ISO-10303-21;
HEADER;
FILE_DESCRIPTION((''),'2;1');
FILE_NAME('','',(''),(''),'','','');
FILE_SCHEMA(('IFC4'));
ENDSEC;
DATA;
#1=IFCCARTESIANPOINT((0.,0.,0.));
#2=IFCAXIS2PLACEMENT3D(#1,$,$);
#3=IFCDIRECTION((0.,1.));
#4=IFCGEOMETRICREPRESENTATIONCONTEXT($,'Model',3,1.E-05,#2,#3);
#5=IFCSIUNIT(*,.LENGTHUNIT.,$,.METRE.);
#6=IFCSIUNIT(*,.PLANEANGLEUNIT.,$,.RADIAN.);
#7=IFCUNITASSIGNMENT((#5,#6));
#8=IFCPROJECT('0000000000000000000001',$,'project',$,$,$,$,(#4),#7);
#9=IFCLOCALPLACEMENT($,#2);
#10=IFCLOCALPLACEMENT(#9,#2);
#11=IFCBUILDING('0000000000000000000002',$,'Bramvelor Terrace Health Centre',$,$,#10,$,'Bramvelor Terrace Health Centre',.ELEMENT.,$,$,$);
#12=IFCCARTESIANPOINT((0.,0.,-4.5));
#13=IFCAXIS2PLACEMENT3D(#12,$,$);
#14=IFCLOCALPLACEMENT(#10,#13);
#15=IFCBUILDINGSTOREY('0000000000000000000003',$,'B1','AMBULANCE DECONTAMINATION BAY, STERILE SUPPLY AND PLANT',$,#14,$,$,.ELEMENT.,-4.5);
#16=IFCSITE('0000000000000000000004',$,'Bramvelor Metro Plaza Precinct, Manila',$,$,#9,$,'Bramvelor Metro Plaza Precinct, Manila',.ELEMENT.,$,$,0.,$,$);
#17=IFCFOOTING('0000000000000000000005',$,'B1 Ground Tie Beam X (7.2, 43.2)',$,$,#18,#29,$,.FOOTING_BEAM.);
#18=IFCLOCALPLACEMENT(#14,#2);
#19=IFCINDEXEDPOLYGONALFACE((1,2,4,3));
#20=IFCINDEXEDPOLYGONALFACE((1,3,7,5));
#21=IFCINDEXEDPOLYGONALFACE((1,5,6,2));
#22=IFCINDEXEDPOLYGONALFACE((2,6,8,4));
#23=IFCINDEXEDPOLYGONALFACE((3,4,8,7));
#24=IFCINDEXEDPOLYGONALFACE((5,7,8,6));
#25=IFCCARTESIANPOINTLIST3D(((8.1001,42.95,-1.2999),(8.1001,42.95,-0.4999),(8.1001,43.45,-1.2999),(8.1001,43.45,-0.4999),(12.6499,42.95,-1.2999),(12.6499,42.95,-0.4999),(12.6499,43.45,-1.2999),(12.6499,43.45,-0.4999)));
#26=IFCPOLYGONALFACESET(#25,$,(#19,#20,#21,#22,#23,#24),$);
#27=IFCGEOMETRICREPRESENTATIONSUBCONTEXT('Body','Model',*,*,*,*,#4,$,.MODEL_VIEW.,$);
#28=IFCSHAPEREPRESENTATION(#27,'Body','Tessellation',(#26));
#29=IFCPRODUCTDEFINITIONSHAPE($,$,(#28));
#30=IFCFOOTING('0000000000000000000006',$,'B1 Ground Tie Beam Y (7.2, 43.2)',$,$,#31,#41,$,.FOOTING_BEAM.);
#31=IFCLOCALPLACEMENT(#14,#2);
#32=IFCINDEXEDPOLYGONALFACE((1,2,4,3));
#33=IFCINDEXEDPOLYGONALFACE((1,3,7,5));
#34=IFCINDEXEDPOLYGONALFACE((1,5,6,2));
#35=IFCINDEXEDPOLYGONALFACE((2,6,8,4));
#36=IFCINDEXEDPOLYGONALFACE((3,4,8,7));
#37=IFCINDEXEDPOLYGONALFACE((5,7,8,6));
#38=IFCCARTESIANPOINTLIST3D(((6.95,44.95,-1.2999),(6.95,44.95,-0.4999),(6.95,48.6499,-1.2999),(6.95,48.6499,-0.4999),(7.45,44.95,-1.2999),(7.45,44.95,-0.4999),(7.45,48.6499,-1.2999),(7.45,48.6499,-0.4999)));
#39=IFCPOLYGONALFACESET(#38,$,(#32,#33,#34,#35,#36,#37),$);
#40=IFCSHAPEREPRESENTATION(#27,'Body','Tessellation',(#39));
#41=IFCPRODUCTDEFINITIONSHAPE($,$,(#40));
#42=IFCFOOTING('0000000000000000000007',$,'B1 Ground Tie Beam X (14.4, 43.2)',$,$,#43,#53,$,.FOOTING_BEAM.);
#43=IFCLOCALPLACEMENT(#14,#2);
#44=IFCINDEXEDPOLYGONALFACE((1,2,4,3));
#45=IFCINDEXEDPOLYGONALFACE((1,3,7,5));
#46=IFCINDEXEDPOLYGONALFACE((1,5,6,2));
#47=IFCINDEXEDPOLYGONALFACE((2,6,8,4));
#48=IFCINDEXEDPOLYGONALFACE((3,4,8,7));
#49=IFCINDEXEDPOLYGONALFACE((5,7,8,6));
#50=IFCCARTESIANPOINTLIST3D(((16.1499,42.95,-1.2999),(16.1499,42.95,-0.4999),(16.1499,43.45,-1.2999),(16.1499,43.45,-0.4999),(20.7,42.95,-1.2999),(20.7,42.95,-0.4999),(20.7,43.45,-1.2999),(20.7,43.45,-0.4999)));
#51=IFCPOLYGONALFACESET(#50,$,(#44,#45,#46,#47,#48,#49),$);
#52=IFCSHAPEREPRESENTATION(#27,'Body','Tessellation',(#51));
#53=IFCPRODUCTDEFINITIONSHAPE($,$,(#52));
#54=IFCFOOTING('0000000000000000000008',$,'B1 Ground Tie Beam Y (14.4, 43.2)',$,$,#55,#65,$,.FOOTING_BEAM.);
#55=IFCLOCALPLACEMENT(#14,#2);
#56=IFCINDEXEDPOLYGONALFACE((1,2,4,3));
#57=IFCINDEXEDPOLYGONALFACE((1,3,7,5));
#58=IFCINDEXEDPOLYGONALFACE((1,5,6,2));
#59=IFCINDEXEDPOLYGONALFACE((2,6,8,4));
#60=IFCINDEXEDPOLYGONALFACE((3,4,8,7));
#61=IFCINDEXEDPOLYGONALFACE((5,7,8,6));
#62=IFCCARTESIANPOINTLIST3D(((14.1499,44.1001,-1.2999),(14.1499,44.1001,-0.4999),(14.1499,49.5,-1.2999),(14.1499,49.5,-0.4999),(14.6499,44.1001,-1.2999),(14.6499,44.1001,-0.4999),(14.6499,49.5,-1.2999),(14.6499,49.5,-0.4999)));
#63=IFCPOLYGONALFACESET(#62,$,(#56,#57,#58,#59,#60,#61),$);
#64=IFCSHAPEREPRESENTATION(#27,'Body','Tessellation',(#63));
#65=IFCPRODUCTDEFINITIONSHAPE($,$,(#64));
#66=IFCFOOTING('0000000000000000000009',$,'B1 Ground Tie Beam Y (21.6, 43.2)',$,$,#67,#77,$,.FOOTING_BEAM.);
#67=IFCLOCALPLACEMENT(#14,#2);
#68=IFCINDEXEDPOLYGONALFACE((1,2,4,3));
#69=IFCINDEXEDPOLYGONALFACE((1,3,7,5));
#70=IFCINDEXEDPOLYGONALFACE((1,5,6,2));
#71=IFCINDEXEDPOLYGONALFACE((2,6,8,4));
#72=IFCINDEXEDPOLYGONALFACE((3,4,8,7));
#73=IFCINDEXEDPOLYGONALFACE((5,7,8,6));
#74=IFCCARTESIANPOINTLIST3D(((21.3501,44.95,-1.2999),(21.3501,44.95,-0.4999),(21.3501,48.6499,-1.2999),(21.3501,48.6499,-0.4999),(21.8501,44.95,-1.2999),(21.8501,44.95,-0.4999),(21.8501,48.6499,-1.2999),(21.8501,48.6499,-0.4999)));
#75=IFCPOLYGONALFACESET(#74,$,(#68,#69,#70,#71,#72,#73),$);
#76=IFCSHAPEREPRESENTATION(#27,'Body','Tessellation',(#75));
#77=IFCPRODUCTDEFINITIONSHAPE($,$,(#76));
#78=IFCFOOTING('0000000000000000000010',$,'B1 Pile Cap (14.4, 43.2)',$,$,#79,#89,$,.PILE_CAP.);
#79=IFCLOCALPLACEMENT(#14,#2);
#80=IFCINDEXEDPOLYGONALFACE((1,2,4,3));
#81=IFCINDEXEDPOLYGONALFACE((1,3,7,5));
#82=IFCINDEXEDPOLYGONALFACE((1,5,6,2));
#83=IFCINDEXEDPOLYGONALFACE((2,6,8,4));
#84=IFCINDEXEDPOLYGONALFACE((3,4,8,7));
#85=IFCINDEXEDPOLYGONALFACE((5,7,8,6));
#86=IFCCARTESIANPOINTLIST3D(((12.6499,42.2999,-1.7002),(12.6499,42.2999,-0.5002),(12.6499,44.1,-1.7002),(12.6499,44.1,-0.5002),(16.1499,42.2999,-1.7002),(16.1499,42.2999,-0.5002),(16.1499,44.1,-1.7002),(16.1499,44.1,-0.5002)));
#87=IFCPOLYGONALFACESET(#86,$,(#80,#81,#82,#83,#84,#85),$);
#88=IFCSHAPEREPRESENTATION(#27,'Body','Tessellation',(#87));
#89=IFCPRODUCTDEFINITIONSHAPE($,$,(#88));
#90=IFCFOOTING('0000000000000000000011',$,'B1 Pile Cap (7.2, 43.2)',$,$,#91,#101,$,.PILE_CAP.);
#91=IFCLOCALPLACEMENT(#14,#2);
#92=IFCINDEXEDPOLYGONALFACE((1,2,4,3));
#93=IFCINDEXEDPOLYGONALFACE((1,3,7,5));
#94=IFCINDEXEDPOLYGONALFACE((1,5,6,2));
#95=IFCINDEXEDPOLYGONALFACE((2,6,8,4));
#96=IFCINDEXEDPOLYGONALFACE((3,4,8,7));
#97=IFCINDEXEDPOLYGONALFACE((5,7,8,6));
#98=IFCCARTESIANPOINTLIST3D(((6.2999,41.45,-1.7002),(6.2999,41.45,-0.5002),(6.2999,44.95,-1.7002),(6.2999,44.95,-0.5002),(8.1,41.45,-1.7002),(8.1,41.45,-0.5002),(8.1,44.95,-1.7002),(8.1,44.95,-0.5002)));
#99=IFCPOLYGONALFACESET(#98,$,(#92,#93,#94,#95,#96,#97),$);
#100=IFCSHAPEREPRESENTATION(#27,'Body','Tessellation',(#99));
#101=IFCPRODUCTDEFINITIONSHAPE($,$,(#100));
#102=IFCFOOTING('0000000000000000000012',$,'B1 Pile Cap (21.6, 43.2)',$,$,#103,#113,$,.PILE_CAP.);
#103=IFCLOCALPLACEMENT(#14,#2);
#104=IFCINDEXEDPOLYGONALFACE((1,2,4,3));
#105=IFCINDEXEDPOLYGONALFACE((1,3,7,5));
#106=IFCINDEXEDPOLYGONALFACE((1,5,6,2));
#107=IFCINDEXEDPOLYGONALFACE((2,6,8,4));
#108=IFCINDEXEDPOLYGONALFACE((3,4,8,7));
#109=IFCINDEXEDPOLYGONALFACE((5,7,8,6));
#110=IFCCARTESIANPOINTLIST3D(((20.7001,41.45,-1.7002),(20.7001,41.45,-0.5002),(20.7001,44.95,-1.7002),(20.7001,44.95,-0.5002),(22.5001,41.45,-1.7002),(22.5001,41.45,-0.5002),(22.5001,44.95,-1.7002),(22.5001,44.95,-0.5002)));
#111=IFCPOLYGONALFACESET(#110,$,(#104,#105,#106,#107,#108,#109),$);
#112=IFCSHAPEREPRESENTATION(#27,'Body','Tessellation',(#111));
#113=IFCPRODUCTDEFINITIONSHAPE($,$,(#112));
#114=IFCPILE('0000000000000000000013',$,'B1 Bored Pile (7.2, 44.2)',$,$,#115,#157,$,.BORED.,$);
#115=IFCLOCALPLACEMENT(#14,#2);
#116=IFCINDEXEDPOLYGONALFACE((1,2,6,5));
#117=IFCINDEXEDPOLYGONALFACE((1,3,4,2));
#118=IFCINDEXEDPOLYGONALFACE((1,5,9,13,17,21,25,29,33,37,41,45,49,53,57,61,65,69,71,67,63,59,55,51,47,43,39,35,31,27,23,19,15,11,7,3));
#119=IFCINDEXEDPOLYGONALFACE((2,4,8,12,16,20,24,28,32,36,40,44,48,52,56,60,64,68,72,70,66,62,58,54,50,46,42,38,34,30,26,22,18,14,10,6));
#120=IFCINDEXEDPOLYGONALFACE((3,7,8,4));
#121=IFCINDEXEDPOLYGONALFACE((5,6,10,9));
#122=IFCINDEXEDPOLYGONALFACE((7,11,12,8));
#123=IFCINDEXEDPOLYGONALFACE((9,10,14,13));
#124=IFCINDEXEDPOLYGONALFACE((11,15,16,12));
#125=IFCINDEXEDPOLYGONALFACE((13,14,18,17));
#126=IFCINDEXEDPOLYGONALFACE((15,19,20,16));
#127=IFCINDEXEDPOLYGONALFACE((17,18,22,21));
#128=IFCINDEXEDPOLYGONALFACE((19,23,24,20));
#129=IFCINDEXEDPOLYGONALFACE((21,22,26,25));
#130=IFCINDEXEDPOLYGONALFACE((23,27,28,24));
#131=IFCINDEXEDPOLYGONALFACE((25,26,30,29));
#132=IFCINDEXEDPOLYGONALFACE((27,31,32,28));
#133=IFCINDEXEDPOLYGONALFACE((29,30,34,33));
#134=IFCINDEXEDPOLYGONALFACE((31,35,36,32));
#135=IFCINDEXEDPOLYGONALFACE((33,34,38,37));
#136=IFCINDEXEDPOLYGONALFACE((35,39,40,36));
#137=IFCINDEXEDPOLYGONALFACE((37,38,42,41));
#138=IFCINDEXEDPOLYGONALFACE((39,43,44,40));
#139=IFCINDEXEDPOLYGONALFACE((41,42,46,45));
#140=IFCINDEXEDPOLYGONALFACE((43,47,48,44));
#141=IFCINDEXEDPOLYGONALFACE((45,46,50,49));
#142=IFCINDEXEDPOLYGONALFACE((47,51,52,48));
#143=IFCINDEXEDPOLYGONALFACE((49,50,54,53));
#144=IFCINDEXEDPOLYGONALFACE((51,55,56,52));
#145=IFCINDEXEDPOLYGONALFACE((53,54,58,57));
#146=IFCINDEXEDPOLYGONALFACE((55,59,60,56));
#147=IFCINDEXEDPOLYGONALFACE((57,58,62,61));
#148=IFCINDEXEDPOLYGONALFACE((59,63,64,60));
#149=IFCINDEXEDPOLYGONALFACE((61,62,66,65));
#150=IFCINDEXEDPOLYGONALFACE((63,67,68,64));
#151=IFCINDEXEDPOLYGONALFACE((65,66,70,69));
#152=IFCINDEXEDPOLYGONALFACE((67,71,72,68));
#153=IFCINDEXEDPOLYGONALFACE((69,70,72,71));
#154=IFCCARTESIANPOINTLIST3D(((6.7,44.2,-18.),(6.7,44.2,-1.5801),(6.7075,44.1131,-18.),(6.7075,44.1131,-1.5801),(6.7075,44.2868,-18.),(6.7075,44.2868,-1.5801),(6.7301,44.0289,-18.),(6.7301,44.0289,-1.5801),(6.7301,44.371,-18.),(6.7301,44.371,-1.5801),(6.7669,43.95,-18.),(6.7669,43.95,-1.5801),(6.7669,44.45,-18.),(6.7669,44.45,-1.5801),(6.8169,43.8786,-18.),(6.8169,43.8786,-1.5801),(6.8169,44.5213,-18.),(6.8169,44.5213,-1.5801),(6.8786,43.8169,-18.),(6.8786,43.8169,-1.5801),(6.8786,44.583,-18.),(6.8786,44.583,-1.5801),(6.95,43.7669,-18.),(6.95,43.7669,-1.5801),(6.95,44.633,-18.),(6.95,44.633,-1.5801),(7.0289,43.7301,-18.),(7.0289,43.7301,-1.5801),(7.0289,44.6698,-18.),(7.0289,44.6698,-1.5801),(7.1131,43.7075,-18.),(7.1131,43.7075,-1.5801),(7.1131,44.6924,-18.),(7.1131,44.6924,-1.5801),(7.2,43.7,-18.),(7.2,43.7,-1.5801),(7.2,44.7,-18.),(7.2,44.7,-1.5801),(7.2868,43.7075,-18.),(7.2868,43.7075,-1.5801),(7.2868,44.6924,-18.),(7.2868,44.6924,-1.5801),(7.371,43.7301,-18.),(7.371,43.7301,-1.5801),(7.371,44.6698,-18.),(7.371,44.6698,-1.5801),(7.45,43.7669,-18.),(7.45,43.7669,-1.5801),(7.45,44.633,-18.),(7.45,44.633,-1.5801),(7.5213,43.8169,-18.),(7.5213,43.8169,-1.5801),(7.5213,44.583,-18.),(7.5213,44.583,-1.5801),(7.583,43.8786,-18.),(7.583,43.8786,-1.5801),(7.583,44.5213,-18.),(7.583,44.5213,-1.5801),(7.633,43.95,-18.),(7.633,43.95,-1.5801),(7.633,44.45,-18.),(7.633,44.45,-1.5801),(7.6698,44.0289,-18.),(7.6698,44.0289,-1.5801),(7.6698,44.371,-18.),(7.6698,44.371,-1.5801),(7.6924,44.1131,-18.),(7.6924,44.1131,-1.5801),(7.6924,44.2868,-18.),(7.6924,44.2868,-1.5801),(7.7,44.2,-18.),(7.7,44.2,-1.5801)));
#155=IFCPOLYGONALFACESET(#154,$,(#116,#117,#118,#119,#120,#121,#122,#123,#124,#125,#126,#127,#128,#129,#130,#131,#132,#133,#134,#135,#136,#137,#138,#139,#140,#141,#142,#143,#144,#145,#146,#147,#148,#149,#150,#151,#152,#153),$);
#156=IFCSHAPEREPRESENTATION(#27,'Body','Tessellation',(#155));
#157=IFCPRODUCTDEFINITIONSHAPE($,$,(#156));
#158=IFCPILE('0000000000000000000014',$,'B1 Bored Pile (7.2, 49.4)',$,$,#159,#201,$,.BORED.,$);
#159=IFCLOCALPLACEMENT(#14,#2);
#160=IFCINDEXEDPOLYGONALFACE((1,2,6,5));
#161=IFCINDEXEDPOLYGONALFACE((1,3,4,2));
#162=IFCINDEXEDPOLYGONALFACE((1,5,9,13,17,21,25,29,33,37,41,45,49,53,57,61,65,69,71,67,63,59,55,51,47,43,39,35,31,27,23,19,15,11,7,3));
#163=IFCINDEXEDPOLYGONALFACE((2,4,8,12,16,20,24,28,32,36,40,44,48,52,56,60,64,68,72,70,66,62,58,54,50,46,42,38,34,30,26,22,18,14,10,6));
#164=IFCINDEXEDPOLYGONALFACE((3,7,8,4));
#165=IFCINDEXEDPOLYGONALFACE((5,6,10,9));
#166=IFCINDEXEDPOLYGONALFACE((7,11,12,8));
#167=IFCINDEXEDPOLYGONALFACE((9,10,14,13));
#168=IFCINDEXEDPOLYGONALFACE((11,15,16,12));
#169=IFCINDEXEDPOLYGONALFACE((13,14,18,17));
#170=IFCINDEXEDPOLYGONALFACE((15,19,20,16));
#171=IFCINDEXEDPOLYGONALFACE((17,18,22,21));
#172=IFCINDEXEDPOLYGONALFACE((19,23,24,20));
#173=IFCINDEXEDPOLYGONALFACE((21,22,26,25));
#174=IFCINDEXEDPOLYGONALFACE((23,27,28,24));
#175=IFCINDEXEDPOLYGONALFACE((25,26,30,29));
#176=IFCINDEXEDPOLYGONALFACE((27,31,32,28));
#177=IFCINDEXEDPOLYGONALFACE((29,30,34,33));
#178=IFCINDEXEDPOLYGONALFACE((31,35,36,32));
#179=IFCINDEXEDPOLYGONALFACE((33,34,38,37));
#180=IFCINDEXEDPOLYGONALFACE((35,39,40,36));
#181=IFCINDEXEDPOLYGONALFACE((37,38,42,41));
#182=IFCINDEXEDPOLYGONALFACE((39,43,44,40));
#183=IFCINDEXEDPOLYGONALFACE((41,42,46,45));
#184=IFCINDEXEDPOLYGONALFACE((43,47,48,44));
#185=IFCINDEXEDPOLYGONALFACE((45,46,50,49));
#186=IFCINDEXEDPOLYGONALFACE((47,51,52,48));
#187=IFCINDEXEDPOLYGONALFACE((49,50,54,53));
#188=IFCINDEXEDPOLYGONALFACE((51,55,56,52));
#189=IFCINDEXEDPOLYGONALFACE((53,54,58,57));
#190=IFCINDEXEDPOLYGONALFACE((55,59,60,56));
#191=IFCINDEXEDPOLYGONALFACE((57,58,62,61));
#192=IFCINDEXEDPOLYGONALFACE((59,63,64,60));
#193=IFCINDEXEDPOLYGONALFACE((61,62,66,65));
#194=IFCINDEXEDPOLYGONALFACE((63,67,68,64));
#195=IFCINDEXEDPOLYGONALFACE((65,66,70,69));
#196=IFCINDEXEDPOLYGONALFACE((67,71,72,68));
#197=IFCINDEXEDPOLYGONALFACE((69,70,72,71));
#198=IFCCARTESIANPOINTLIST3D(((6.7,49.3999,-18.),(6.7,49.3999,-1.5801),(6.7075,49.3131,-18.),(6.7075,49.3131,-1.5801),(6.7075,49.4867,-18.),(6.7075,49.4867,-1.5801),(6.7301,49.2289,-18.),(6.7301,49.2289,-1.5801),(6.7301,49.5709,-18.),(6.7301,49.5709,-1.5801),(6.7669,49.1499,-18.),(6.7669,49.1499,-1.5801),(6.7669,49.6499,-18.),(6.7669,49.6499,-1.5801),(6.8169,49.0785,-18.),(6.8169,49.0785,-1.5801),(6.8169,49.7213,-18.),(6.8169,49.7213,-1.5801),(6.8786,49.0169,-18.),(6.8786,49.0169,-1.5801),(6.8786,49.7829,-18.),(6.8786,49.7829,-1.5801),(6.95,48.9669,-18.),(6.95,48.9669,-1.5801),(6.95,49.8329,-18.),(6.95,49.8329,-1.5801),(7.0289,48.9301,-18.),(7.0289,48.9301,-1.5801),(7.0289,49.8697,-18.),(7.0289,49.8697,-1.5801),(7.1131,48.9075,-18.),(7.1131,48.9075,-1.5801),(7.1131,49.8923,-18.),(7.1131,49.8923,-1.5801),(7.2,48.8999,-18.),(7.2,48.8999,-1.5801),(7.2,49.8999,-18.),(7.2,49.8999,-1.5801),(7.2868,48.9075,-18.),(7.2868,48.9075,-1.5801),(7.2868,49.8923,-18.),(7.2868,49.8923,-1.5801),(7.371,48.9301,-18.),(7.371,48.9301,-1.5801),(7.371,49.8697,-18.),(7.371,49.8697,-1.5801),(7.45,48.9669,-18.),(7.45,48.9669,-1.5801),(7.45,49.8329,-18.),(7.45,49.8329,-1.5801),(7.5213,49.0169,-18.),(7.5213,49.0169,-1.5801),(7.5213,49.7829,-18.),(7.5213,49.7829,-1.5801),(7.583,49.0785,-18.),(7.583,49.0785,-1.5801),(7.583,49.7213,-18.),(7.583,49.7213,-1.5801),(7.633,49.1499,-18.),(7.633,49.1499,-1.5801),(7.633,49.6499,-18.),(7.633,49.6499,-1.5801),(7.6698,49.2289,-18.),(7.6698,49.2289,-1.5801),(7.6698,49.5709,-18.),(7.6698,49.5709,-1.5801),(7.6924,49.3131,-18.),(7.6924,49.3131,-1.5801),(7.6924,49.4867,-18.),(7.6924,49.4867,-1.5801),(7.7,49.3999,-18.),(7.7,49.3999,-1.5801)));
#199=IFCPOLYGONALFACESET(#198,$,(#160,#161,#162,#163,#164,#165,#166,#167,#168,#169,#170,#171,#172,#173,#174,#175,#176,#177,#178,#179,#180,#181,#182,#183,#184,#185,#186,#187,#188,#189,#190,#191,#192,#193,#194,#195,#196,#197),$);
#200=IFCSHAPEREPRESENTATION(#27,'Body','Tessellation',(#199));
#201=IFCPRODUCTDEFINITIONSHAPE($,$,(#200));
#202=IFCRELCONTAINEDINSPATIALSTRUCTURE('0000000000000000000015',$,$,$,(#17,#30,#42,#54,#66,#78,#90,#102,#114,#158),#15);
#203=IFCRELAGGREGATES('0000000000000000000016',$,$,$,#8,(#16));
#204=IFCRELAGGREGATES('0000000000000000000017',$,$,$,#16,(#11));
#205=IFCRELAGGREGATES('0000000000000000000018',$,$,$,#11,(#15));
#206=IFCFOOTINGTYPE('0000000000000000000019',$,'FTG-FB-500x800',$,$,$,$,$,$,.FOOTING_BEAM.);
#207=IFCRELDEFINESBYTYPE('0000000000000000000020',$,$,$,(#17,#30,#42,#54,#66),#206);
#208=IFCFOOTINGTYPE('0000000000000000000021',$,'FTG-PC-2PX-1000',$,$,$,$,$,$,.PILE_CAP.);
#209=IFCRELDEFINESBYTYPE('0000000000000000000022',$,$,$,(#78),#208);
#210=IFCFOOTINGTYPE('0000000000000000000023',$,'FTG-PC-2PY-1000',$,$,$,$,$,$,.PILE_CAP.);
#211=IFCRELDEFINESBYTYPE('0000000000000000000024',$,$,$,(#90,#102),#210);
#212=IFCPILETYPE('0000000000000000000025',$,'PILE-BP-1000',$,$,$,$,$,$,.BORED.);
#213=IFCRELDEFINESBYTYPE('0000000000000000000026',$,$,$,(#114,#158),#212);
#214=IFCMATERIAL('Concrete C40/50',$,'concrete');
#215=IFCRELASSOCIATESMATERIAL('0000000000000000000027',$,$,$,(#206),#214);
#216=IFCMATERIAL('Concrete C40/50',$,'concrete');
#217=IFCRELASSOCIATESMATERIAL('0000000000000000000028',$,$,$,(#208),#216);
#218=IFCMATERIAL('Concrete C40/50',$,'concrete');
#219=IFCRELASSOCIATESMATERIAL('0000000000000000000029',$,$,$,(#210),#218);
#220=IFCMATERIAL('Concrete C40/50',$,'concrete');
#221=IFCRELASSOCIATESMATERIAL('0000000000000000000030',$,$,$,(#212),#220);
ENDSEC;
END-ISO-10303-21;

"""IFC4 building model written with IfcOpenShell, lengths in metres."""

from ifc_helpers import new_model, si_unit, direction, frame, origin, origin_2d, place, context, subcontext, project, spatial, rectangle, circle, extrude, material, material_profile, profile_set, type_object, element, save


model = new_model("IFC4")

# Units and contexts
model_context = context("Model", 3, precision=1e-05, world=origin(), true_north=direction((0.0, 1.0)))
body_context = subcontext(model_context, "Body", "Model", "MODEL_VIEW")
ifc_project = project(units=[si_unit("LENGTHUNIT", "METRE"), si_unit("PLANEANGLEUNIT", "RADIAN")], contexts=[model_context])

# Site, building, storey
site_placement = place(None, origin())
site = spatial("IfcSite", under=ifc_project, at=site_placement, Name="Bramvelor Metro Plaza Precinct, Manila", LongName="Bramvelor Metro Plaza Precinct, Manila", CompositionType="ELEMENT", RefElevation=0.0)
building_placement = place(site_placement, origin())
building = spatial("IfcBuilding", under=site, at=building_placement, Name="Bramvelor Terrace Health Centre", LongName="Bramvelor Terrace Health Centre", CompositionType="ELEMENT")
storey_placement = place(building_placement, frame((0.0, 0.0, -4.5)))
storey = spatial("IfcBuildingStorey", under=building, at=storey_placement, Name="B1", Description="AMBULANCE DECONTAMINATION BAY, STERILE SUPPLY AND PLANT", CompositionType="ELEMENT", Elevation=-4.5)

# Footings
ifc_material_1 = material(Name="Concrete C40/50", Category="concrete")
ifc_material_profile_1 = material_profile(ifc_material_1, rectangle(XDim=0.5, YDim=0.8, at=origin_2d()), Name="RC 500x800")
ifc_profile_set_1 = profile_set([ifc_material_profile_1], Name="Concrete C40/50")
footing_type_1 = type_object("IfcFootingType", Name="FTG-FB-500x800", PredefinedType="FOOTING_BEAM", material=ifc_profile_set_1)
footing_1_placement = place(storey_placement, frame((8.1001, 43.2, -0.8999), z_axis=(1.0, 0.0, 0.0), x_axis=(0.0, 1.0, 0.0)))
element("IfcFooting", 1, at=footing_1_placement, inside=storey, type_object=footing_type_1, Name="B1 Ground Tie Beam X (7.2, 43.2)", PredefinedType="FOOTING_BEAM", context=body_context, shape_type="SweptSolid", body=[
    extrude(rectangle(XDim=0.5, YDim=0.8, at=origin_2d()), origin(), (0.0, 0.0, 1.0), 4.5498),
])
footing_2_placement = place(storey_placement, frame((7.2, 44.95, -0.8999), z_axis=(0.0, 1.0, 0.0), x_axis=(-1.0, 0.0, 0.0)))
element("IfcFooting", 2, at=footing_2_placement, inside=storey, type_object=footing_type_1, Name="B1 Ground Tie Beam Y (7.2, 43.2)", PredefinedType="FOOTING_BEAM", context=body_context, shape_type="SweptSolid", body=[
    extrude(rectangle(XDim=0.5, YDim=0.8, at=origin_2d()), origin(), (0.0, 0.0, 1.0), 3.7),
])
footing_3_placement = place(storey_placement, frame((16.1499, 43.2, -0.8999), z_axis=(1.0, 0.0, 0.0), x_axis=(0.0, 1.0, 0.0)))
element("IfcFooting", 3, at=footing_3_placement, inside=storey, type_object=footing_type_1, Name="B1 Ground Tie Beam X (14.4, 43.2)", PredefinedType="FOOTING_BEAM", context=body_context, shape_type="SweptSolid", body=[
    extrude(rectangle(XDim=0.5, YDim=0.8, at=origin_2d()), origin(), (0.0, 0.0, 1.0), 4.55),
])
footing_4_placement = place(storey_placement, frame((14.3999, 44.1001, -0.8999), z_axis=(0.0, 1.0, 0.0), x_axis=(-1.0, 0.0, 0.0)))
element("IfcFooting", 4, at=footing_4_placement, inside=storey, type_object=footing_type_1, Name="B1 Ground Tie Beam Y (14.4, 43.2)", PredefinedType="FOOTING_BEAM", context=body_context, shape_type="SweptSolid", body=[
    extrude(rectangle(XDim=0.5, YDim=0.8, at=origin_2d()), origin(), (0.0, 0.0, 1.0), 5.3999),
])
footing_5_placement = place(storey_placement, frame((21.6001, 44.95, -0.8999), z_axis=(0.0, 1.0, 0.0), x_axis=(-1.0, 0.0, 0.0)))
element("IfcFooting", 5, at=footing_5_placement, inside=storey, type_object=footing_type_1, Name="B1 Ground Tie Beam Y (21.6, 43.2)", PredefinedType="FOOTING_BEAM", context=body_context, shape_type="SweptSolid", body=[
    extrude(rectangle(XDim=0.5, YDim=0.8, at=origin_2d()), origin(), (0.0, 0.0, 1.0), 3.7),
])
ifc_material_2 = material(Name="Concrete C40/50", Category="concrete")
footing_type_2 = type_object("IfcFootingType", Name="FTG-PC-2PX-1000", PredefinedType="PILE_CAP", material=ifc_material_2)
footing_6_placement = place(storey_placement, frame((14.3999, 43.2, -1.7002), z_axis=(0.0, 0.0, 1.0), x_axis=(1.0, 0.0, 0.0)))
element("IfcFooting", 6, at=footing_6_placement, inside=storey, type_object=footing_type_2, Name="B1 Pile Cap (14.4, 43.2)", PredefinedType="PILE_CAP", context=body_context, shape_type="SweptSolid", body=[
    extrude(rectangle(XDim=3.5, YDim=1.8, at=origin_2d()), origin(), (0.0, 0.0, 1.0), 1.2),
])
ifc_material_3 = material(Name="Concrete C40/50", Category="concrete")
footing_type_3 = type_object("IfcFootingType", Name="FTG-PC-2PY-1000", PredefinedType="PILE_CAP", material=ifc_material_3)
for number, where, z_axis, x_axis, name in (
    (7, (7.2, 43.2, -1.7002), (0.0, 0.0, 1.0), (1.0, 0.0, 0.0), "B1 Pile Cap (7.2, 43.2)"),
    (8, (21.6001, 43.2, -1.7002), (0.0, 0.0, 1.0), (1.0, 0.0, 0.0), "B1 Pile Cap (21.6, 43.2)"),
):
    element("IfcFooting", number, at=place(storey_placement, frame(where, z_axis=z_axis, x_axis=x_axis)), inside=storey, type_object=footing_type_3, Name=name, PredefinedType="PILE_CAP", context=body_context, shape_type="SweptSolid", body=[
        extrude(rectangle(XDim=1.8, YDim=3.5, at=origin_2d()), origin(), (0.0, 0.0, 1.0), 1.2),
    ])

# Piles
ifc_material_4 = material(Name="Concrete C40/50", Category="concrete")
ifc_material_profile_2 = material_profile(ifc_material_4, circle(Radius=0.5, at=origin_2d()), Name="BP D1000")
ifc_profile_set_2 = profile_set([ifc_material_profile_2], Name="Concrete C40/50")
pile_type = type_object("IfcPileType", Name="PILE-BP-1000", PredefinedType="BORED", material=ifc_profile_set_2)
for number, where, z_axis, x_axis, name in (
    (9, (7.2, 44.2, -1.5801), (0.0, 0.0, -1.0), (1.0, 0.0, 0.0), "B1 Bored Pile (7.2, 44.2)"),
    (10, (7.2, 49.3999, -1.5801), (0.0, 0.0, -1.0), (1.0, 0.0, 0.0), "B1 Bored Pile (7.2, 49.4)"),
):
    element("IfcPile", number, at=place(storey_placement, frame(where, z_axis=z_axis, x_axis=x_axis)), inside=storey, type_object=pile_type, Name=name, PredefinedType="BORED", context=body_context, shape_type="SweptSolid", body=[
        extrude(circle(Radius=0.5, at=origin_2d()), origin(), (0.0, 0.0, 1.0), 16.4199),
    ])

save(model, "model.ifc")
